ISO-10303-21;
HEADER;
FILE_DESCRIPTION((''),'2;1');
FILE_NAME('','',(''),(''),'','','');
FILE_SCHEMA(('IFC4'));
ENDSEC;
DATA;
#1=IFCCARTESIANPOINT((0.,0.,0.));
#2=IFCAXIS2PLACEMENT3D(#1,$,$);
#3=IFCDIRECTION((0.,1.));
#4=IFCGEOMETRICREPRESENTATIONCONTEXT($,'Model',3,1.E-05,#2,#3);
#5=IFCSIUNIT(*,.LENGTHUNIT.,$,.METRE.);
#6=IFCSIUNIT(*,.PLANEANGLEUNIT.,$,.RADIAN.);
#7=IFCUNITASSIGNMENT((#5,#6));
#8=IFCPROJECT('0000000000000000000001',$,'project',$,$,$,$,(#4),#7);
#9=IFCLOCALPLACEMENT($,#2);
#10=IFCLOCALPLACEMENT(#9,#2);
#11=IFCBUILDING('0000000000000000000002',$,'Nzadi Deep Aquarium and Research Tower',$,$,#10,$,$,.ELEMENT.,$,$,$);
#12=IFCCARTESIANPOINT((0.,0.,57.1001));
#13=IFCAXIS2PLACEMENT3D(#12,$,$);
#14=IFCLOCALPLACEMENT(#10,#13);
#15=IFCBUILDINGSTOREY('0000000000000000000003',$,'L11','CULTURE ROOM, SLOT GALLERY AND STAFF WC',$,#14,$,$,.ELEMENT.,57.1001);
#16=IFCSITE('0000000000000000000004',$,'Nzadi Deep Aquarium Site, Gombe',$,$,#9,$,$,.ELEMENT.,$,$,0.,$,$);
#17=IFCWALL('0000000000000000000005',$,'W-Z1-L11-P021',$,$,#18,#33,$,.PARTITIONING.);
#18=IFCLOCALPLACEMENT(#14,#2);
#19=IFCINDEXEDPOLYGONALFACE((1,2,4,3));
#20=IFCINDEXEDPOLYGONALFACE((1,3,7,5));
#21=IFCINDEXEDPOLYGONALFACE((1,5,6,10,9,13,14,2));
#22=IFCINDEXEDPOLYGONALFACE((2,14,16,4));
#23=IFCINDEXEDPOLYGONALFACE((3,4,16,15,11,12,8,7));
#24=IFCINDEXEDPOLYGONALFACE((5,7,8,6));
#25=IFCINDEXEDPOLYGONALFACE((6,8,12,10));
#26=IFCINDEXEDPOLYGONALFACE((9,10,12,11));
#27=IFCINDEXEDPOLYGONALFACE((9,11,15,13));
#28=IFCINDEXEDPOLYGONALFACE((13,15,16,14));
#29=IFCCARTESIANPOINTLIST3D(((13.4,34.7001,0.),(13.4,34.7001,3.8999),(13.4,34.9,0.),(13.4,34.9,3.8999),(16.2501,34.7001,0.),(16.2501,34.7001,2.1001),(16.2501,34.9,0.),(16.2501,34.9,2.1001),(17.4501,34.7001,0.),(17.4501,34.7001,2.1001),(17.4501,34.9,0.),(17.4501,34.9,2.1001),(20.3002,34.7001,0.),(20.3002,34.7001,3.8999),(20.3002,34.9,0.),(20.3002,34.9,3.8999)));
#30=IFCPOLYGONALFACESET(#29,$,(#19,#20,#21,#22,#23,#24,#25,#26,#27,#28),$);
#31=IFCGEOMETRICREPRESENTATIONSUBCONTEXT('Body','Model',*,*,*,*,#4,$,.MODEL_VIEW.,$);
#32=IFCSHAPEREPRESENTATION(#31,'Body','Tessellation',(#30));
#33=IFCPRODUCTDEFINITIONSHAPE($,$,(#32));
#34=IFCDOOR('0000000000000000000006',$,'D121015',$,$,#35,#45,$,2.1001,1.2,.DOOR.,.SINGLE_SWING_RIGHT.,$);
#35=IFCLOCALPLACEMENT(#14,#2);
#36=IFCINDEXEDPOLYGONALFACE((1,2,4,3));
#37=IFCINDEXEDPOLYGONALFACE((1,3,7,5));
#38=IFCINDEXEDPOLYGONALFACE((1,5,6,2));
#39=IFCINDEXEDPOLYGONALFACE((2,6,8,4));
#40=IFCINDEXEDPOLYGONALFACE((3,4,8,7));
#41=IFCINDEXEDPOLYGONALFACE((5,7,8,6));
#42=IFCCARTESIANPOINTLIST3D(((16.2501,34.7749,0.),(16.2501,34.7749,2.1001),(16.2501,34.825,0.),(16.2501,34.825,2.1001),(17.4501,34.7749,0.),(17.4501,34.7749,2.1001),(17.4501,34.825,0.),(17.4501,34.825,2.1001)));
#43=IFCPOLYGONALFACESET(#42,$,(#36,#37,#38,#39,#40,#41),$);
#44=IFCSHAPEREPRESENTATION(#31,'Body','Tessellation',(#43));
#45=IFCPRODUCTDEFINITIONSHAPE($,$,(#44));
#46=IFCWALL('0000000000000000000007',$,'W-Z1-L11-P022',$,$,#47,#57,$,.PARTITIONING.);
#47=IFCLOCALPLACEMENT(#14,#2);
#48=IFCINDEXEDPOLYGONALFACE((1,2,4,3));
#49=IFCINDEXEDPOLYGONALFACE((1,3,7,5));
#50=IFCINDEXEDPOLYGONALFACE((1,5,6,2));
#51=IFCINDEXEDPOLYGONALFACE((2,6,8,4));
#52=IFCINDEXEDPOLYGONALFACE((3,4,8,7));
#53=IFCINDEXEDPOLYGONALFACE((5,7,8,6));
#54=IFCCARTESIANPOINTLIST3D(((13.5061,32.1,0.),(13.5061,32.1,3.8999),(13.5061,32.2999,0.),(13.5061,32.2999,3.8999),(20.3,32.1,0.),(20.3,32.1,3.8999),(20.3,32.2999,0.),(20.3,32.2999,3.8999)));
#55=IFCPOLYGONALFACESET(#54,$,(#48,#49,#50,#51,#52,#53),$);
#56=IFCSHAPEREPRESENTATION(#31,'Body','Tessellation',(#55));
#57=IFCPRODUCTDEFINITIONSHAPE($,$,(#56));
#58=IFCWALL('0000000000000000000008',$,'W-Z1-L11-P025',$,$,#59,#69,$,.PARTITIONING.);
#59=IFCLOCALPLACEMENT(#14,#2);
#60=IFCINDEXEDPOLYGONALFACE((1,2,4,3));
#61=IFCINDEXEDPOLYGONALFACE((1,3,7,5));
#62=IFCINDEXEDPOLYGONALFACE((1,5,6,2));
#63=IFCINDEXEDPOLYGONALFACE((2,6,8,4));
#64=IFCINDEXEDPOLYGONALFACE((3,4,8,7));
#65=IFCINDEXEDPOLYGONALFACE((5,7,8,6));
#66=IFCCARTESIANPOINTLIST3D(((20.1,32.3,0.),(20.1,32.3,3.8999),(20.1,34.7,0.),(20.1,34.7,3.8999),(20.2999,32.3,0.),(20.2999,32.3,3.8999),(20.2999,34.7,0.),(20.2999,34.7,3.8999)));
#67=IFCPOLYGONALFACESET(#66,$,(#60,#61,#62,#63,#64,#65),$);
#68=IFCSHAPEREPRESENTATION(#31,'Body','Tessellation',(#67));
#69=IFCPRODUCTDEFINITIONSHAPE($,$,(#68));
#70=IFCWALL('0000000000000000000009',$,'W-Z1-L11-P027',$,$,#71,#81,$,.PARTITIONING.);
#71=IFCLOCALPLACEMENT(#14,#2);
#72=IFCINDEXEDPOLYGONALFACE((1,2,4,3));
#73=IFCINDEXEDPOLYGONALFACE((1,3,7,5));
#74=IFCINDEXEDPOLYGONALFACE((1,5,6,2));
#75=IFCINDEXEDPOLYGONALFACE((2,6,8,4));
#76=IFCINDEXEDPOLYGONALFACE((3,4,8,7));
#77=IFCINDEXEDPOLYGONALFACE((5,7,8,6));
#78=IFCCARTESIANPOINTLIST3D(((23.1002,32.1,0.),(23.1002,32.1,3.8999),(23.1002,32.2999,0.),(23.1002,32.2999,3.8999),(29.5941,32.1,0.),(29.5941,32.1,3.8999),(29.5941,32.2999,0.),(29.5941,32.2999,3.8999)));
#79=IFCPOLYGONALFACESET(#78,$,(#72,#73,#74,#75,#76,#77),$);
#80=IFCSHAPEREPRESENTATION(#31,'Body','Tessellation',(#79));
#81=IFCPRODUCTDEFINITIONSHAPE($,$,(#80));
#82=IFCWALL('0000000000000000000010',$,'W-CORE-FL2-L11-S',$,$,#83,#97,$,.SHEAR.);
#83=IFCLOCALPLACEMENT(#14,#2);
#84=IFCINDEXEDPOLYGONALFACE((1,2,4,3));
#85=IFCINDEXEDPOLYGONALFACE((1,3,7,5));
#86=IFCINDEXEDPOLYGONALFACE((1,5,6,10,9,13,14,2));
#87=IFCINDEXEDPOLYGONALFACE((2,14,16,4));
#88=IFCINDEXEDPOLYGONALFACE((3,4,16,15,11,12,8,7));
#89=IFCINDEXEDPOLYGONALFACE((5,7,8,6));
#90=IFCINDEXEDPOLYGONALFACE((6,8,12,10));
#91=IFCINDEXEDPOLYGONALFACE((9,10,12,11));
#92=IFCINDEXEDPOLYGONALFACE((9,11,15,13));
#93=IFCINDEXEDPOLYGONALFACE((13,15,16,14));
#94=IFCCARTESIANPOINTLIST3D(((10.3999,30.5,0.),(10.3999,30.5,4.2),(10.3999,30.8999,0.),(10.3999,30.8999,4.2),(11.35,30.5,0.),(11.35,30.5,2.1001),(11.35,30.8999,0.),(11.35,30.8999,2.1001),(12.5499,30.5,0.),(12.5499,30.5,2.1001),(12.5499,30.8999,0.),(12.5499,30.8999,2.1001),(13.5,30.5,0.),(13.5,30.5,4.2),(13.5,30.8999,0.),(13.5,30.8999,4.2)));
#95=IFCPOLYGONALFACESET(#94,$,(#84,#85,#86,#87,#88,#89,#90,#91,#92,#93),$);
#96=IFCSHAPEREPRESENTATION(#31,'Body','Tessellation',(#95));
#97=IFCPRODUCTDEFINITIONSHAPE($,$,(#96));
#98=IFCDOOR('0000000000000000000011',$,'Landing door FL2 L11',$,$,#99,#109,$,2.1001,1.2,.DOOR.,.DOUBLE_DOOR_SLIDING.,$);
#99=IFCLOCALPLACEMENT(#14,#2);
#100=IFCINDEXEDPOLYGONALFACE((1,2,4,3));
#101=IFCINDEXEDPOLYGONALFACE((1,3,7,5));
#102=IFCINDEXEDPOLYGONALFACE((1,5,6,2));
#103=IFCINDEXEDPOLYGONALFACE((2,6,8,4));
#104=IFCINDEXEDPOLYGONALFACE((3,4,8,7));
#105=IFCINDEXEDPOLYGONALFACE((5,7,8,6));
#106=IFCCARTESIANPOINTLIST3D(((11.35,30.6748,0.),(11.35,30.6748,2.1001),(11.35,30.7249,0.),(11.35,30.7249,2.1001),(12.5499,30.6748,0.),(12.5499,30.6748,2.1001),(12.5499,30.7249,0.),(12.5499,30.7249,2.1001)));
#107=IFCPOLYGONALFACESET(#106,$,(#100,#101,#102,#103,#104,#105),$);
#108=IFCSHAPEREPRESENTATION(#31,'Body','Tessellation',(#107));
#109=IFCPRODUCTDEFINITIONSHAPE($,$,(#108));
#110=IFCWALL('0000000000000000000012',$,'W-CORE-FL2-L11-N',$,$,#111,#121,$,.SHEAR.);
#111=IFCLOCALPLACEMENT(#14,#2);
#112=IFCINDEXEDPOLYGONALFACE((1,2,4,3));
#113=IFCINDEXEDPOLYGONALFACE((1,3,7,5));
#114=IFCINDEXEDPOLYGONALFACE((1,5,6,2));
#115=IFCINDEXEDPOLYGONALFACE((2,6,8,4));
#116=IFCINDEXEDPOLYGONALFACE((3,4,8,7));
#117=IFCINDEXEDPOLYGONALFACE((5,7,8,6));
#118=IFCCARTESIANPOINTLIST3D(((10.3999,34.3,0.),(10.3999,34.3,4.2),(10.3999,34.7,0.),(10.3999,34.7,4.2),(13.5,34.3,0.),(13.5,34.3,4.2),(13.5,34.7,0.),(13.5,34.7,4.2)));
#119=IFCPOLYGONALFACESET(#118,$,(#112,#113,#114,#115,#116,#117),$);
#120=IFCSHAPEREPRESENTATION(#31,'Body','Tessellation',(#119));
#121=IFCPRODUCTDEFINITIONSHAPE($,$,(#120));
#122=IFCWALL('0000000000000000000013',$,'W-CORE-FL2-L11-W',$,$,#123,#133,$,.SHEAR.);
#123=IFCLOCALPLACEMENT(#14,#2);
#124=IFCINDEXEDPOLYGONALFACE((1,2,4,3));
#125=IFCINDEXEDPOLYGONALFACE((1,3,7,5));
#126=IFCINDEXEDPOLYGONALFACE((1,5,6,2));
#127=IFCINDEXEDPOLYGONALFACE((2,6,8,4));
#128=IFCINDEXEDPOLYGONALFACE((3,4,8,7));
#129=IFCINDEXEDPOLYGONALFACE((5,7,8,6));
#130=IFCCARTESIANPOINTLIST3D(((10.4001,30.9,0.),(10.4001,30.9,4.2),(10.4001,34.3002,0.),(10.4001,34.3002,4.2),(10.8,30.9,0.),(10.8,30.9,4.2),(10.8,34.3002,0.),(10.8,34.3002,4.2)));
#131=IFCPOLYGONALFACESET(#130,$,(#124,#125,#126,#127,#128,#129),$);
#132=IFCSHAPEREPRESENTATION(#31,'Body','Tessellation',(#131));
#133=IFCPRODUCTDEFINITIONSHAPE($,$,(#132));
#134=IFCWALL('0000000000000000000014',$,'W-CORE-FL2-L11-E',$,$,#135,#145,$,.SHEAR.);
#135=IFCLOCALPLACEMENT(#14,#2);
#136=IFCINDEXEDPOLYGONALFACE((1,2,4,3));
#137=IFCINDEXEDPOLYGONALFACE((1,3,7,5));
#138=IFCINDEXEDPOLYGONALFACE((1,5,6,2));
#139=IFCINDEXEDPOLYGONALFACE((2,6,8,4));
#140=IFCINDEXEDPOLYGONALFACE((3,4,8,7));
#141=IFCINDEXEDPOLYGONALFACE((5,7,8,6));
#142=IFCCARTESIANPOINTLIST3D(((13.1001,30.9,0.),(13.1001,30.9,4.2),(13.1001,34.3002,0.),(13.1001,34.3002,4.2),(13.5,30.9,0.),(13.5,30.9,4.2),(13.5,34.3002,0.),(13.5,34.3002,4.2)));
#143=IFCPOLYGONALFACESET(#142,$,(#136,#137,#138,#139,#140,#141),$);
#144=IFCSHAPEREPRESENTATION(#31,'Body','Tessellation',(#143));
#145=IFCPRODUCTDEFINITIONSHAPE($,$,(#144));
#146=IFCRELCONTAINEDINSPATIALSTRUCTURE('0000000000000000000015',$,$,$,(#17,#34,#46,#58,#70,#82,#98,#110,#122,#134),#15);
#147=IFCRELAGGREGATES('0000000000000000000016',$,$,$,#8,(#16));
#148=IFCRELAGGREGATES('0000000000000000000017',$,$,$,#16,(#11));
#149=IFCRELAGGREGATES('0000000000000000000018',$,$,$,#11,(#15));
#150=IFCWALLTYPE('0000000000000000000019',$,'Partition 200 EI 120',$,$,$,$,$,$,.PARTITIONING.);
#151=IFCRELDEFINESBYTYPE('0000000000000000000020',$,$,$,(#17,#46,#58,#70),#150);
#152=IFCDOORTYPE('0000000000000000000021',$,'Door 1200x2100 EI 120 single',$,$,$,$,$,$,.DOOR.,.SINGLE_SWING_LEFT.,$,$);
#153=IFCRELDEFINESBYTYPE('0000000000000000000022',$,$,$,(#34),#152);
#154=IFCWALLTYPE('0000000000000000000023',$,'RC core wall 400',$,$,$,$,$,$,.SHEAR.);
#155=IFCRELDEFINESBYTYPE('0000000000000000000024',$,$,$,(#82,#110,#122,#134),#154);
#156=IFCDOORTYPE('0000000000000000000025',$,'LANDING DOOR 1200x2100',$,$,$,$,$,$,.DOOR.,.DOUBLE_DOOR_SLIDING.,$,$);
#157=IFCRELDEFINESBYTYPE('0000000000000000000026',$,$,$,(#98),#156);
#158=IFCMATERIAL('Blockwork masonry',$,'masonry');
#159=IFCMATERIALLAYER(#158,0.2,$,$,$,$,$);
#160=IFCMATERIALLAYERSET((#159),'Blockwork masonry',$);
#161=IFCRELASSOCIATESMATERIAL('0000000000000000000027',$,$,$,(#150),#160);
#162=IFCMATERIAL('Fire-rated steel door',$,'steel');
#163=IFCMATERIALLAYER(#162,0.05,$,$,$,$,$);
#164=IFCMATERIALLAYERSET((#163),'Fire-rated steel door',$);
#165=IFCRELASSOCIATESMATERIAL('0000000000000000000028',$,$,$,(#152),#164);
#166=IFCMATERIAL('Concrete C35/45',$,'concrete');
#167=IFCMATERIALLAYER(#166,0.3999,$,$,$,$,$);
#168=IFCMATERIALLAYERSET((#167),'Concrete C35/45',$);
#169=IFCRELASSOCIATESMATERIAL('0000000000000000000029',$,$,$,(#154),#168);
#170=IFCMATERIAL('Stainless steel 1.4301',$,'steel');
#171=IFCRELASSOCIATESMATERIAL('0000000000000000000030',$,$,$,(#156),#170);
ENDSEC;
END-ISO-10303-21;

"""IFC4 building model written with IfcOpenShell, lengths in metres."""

from ifc_helpers import new_model, si_unit, direction, frame, frame_2d, origin, place, context, subcontext, project, spatial, rectangle, extrude, material, layer, layer_set, type_object, element, fill, save


model = new_model("IFC4")

# Units and contexts
model_context = context("Model", 3, precision=1e-05, world=origin(), true_north=direction((0.0, 1.0)))
body_context = subcontext(model_context, "Body", "Model", "MODEL_VIEW")
ifc_project = project(units=[si_unit("LENGTHUNIT", "METRE"), si_unit("PLANEANGLEUNIT", "RADIAN")], contexts=[model_context])

# Site, building, storey
site_placement = place(None, origin())
site = spatial("IfcSite", under=ifc_project, at=site_placement, Name="Nzadi Deep Aquarium Site, Gombe", CompositionType="ELEMENT", RefElevation=0.0)
building_placement = place(site_placement, origin())
building = spatial("IfcBuilding", under=site, at=building_placement, Name="Nzadi Deep Aquarium and Research Tower", CompositionType="ELEMENT")
storey_placement = place(building_placement, frame((0.0, 0.0, 57.1001)))
storey = spatial("IfcBuildingStorey", under=building, at=storey_placement, Name="L11", Description="CULTURE ROOM, SLOT GALLERY AND STAFF WC", CompositionType="ELEMENT", Elevation=57.1001)

# Wall, opening, door
ifc_material_1 = material(Name="Blockwork masonry", Category="masonry")
ifc_layer_1 = layer(ifc_material_1, 0.2)
ifc_layer_set_1 = layer_set([ifc_layer_1], Name="Blockwork masonry")
wall_type_1 = type_object("IfcWallType", Name="Partition 200 EI 120", PredefinedType="PARTITIONING", material=ifc_layer_set_1)
wall_1_placement = place(storey_placement, frame((13.3999, 34.8, 0.0), z_axis=(0.0, 0.0, 1.0), x_axis=(1.0, 0.0, 0.0)))
wall_1 = element("IfcWall", 1, at=wall_1_placement, inside=storey, type_object=wall_type_1, Name="W-Z1-L11-P021", PredefinedType="PARTITIONING", context=body_context, shape_type="SweptSolid", body=[
    extrude(rectangle(XDim=6.9001, YDim=0.2, at=frame_2d((3.4502, 0.0))), origin(), (0.0, 0.0, 1.0), 3.8999),
])
opening_1_placement = place(wall_1_placement, frame((2.8501, 0.0, 0.0)))
opening_1 = element("IfcOpeningElement", 2, at=opening_1_placement, cuts=wall_1, PredefinedType="OPENING", context=body_context, shape_type="SweptSolid", body=[
    extrude(rectangle(XDim=1.2, YDim=2.1001, at=frame_2d((0.6001, 1.05))), frame((0.0, 0.1101, 0.0), z_axis=(0.0, -1.0, 0.0), x_axis=(1.0, 0.0, 0.0)), (0.0, 0.0, 1.0), 0.2202),
])
ifc_material_2 = material(Name="Fire-rated steel door", Category="steel")
ifc_layer_2 = layer(ifc_material_2, 0.05)
ifc_layer_set_2 = layer_set([ifc_layer_2], Name="Fire-rated steel door")
door_type_1 = type_object("IfcDoorType", Name="Door 1200x2100 EI 120 single", OperationType="SINGLE_SWING_LEFT", PredefinedType="DOOR", material=ifc_layer_set_2)
door_1_placement = place(opening_1_placement, origin())
door_1 = element("IfcDoor", 3, at=door_1_placement, inside=storey, type_object=door_type_1, Name="D121015", OperationType="SINGLE_SWING_RIGHT", OverallHeight=2.1001, OverallWidth=1.2, PredefinedType="DOOR", context=body_context, shape_type="SweptSolid", body=[
    extrude(rectangle(XDim=1.2, YDim=2.1001, at=frame_2d((0.6001, 1.05))), frame((0.0, 0.0249, 0.0), z_axis=(0.0, -1.0, 0.0), x_axis=(1.0, 0.0, 0.0)), (0.0, 0.0, 1.0), 0.05),
])
fill(opening_1, door_1)

# Walls
wall_2_placement = place(storey_placement, frame((13.5061, 32.2, 0.0), z_axis=(0.0, 0.0, 1.0), x_axis=(1.0, 0.0, 0.0)))
element("IfcWall", 4, at=wall_2_placement, inside=storey, type_object=wall_type_1, Name="W-Z1-L11-P022", PredefinedType="PARTITIONING", context=body_context, shape_type="SweptSolid", body=[
    extrude(rectangle(XDim=6.7939, YDim=0.2, at=frame_2d((3.397, 0.0))), origin(), (0.0, 0.0, 1.0), 3.8999),
])
wall_3_placement = place(storey_placement, frame((20.2, 32.3, 0.0), z_axis=(0.0, 0.0, 1.0), x_axis=(0.0, 1.0, 0.0)))
element("IfcWall", 5, at=wall_3_placement, inside=storey, type_object=wall_type_1, Name="W-Z1-L11-P025", PredefinedType="PARTITIONING", context=body_context, shape_type="SweptSolid", body=[
    extrude(rectangle(XDim=2.3999, YDim=0.2, at=frame_2d((1.2, 0.0))), origin(), (0.0, 0.0, 1.0), 3.8999),
])
wall_4_placement = place(storey_placement, frame((23.1001, 32.2, 0.0), z_axis=(0.0, 0.0, 1.0), x_axis=(1.0, 0.0, 0.0)))
element("IfcWall", 6, at=wall_4_placement, inside=storey, type_object=wall_type_1, Name="W-Z1-L11-P027", PredefinedType="PARTITIONING", context=body_context, shape_type="SweptSolid", body=[
    extrude(rectangle(XDim=6.4939, YDim=0.2, at=frame_2d((3.2471, 0.0))), origin(), (0.0, 0.0, 1.0), 3.8999),
])

# Wall, opening, door
ifc_material_3 = material(Name="Concrete C35/45", Category="concrete")
ifc_layer_3 = layer(ifc_material_3, 0.3999)
ifc_layer_set_3 = layer_set([ifc_layer_3], Name="Concrete C35/45")
wall_type_2 = type_object("IfcWallType", Name="RC core wall 400", PredefinedType="SHEAR", material=ifc_layer_set_3)
wall_5_placement = place(storey_placement, frame((10.3999, 30.7, 0.0), z_axis=(0.0, 0.0, 1.0), x_axis=(1.0, 0.0, 0.0)))
wall_5 = element("IfcWall", 7, at=wall_5_placement, inside=storey, type_object=wall_type_2, Name="W-CORE-FL2-L11-S", PredefinedType="SHEAR", context=body_context, shape_type="SweptSolid", body=[
    extrude(rectangle(XDim=3.1001, YDim=0.3999, at=frame_2d((1.55, 0.0))), origin(), (0.0, 0.0, 1.0), 4.2),
])
opening_2_placement = place(wall_5_placement, frame((0.95, 0.0, 0.0)))
opening_2 = element("IfcOpeningElement", 8, at=opening_2_placement, cuts=wall_5, PredefinedType="OPENING", context=body_context, shape_type="SweptSolid", body=[
    extrude(rectangle(XDim=1.2, YDim=2.1001, at=frame_2d((0.6001, 1.05))), frame((0.0, 0.21, 0.0), z_axis=(0.0, -1.0, 0.0), x_axis=(1.0, 0.0, 0.0)), (0.0, 0.0, 1.0), 0.4199),
])
ifc_material_4 = material(Name="Stainless steel 1.4301", Category="steel")
door_type_2 = type_object("IfcDoorType", Name="LANDING DOOR 1200x2100", OperationType="DOUBLE_DOOR_SLIDING", PredefinedType="DOOR", material=ifc_material_4)
door_2_placement = place(opening_2_placement, origin())
door_2 = element("IfcDoor", 9, at=door_2_placement, inside=storey, type_object=door_type_2, Name="Landing door FL2 L11", OperationType="DOUBLE_DOOR_SLIDING", OverallHeight=2.1001, OverallWidth=1.2, PredefinedType="DOOR", context=body_context, shape_type="SweptSolid", body=[
    extrude(rectangle(XDim=1.2, YDim=2.1001, at=frame_2d((0.6001, 1.05))), frame((0.0, 0.0249, 0.0), z_axis=(0.0, -1.0, 0.0), x_axis=(1.0, 0.0, 0.0)), (0.0, 0.0, 1.0), 0.05),
])
fill(opening_2, door_2)

# Walls
wall_6_placement = place(storey_placement, frame((10.3999, 34.5, 0.0), z_axis=(0.0, 0.0, 1.0), x_axis=(1.0, 0.0, 0.0)))
element("IfcWall", 10, at=wall_6_placement, inside=storey, type_object=wall_type_2, Name="W-CORE-FL2-L11-N", PredefinedType="SHEAR", context=body_context, shape_type="SweptSolid", body=[
    extrude(rectangle(XDim=3.1001, YDim=0.3999, at=frame_2d((1.55, 0.0))), origin(), (0.0, 0.0, 1.0), 4.2),
])
for number, where, z_axis, x_axis, name in (
    (11, (10.6001, 30.8999, 0.0), (0.0, 0.0, 1.0), (0.0, 1.0, 0.0), "W-CORE-FL2-L11-W"),
    (12, (13.3, 30.8999, 0.0), (0.0, 0.0, 1.0), (0.0, 1.0, 0.0), "W-CORE-FL2-L11-E"),
):
    element("IfcWall", number, at=place(storey_placement, frame(where, z_axis=z_axis, x_axis=x_axis)), inside=storey, type_object=wall_type_2, Name=name, PredefinedType="SHEAR", context=body_context, shape_type="SweptSolid", body=[
        extrude(rectangle(XDim=3.4001, YDim=0.3999, at=frame_2d((1.7002, 0.0))), origin(), (0.0, 0.0, 1.0), 4.2),
    ])

save(model, "model.ifc")
